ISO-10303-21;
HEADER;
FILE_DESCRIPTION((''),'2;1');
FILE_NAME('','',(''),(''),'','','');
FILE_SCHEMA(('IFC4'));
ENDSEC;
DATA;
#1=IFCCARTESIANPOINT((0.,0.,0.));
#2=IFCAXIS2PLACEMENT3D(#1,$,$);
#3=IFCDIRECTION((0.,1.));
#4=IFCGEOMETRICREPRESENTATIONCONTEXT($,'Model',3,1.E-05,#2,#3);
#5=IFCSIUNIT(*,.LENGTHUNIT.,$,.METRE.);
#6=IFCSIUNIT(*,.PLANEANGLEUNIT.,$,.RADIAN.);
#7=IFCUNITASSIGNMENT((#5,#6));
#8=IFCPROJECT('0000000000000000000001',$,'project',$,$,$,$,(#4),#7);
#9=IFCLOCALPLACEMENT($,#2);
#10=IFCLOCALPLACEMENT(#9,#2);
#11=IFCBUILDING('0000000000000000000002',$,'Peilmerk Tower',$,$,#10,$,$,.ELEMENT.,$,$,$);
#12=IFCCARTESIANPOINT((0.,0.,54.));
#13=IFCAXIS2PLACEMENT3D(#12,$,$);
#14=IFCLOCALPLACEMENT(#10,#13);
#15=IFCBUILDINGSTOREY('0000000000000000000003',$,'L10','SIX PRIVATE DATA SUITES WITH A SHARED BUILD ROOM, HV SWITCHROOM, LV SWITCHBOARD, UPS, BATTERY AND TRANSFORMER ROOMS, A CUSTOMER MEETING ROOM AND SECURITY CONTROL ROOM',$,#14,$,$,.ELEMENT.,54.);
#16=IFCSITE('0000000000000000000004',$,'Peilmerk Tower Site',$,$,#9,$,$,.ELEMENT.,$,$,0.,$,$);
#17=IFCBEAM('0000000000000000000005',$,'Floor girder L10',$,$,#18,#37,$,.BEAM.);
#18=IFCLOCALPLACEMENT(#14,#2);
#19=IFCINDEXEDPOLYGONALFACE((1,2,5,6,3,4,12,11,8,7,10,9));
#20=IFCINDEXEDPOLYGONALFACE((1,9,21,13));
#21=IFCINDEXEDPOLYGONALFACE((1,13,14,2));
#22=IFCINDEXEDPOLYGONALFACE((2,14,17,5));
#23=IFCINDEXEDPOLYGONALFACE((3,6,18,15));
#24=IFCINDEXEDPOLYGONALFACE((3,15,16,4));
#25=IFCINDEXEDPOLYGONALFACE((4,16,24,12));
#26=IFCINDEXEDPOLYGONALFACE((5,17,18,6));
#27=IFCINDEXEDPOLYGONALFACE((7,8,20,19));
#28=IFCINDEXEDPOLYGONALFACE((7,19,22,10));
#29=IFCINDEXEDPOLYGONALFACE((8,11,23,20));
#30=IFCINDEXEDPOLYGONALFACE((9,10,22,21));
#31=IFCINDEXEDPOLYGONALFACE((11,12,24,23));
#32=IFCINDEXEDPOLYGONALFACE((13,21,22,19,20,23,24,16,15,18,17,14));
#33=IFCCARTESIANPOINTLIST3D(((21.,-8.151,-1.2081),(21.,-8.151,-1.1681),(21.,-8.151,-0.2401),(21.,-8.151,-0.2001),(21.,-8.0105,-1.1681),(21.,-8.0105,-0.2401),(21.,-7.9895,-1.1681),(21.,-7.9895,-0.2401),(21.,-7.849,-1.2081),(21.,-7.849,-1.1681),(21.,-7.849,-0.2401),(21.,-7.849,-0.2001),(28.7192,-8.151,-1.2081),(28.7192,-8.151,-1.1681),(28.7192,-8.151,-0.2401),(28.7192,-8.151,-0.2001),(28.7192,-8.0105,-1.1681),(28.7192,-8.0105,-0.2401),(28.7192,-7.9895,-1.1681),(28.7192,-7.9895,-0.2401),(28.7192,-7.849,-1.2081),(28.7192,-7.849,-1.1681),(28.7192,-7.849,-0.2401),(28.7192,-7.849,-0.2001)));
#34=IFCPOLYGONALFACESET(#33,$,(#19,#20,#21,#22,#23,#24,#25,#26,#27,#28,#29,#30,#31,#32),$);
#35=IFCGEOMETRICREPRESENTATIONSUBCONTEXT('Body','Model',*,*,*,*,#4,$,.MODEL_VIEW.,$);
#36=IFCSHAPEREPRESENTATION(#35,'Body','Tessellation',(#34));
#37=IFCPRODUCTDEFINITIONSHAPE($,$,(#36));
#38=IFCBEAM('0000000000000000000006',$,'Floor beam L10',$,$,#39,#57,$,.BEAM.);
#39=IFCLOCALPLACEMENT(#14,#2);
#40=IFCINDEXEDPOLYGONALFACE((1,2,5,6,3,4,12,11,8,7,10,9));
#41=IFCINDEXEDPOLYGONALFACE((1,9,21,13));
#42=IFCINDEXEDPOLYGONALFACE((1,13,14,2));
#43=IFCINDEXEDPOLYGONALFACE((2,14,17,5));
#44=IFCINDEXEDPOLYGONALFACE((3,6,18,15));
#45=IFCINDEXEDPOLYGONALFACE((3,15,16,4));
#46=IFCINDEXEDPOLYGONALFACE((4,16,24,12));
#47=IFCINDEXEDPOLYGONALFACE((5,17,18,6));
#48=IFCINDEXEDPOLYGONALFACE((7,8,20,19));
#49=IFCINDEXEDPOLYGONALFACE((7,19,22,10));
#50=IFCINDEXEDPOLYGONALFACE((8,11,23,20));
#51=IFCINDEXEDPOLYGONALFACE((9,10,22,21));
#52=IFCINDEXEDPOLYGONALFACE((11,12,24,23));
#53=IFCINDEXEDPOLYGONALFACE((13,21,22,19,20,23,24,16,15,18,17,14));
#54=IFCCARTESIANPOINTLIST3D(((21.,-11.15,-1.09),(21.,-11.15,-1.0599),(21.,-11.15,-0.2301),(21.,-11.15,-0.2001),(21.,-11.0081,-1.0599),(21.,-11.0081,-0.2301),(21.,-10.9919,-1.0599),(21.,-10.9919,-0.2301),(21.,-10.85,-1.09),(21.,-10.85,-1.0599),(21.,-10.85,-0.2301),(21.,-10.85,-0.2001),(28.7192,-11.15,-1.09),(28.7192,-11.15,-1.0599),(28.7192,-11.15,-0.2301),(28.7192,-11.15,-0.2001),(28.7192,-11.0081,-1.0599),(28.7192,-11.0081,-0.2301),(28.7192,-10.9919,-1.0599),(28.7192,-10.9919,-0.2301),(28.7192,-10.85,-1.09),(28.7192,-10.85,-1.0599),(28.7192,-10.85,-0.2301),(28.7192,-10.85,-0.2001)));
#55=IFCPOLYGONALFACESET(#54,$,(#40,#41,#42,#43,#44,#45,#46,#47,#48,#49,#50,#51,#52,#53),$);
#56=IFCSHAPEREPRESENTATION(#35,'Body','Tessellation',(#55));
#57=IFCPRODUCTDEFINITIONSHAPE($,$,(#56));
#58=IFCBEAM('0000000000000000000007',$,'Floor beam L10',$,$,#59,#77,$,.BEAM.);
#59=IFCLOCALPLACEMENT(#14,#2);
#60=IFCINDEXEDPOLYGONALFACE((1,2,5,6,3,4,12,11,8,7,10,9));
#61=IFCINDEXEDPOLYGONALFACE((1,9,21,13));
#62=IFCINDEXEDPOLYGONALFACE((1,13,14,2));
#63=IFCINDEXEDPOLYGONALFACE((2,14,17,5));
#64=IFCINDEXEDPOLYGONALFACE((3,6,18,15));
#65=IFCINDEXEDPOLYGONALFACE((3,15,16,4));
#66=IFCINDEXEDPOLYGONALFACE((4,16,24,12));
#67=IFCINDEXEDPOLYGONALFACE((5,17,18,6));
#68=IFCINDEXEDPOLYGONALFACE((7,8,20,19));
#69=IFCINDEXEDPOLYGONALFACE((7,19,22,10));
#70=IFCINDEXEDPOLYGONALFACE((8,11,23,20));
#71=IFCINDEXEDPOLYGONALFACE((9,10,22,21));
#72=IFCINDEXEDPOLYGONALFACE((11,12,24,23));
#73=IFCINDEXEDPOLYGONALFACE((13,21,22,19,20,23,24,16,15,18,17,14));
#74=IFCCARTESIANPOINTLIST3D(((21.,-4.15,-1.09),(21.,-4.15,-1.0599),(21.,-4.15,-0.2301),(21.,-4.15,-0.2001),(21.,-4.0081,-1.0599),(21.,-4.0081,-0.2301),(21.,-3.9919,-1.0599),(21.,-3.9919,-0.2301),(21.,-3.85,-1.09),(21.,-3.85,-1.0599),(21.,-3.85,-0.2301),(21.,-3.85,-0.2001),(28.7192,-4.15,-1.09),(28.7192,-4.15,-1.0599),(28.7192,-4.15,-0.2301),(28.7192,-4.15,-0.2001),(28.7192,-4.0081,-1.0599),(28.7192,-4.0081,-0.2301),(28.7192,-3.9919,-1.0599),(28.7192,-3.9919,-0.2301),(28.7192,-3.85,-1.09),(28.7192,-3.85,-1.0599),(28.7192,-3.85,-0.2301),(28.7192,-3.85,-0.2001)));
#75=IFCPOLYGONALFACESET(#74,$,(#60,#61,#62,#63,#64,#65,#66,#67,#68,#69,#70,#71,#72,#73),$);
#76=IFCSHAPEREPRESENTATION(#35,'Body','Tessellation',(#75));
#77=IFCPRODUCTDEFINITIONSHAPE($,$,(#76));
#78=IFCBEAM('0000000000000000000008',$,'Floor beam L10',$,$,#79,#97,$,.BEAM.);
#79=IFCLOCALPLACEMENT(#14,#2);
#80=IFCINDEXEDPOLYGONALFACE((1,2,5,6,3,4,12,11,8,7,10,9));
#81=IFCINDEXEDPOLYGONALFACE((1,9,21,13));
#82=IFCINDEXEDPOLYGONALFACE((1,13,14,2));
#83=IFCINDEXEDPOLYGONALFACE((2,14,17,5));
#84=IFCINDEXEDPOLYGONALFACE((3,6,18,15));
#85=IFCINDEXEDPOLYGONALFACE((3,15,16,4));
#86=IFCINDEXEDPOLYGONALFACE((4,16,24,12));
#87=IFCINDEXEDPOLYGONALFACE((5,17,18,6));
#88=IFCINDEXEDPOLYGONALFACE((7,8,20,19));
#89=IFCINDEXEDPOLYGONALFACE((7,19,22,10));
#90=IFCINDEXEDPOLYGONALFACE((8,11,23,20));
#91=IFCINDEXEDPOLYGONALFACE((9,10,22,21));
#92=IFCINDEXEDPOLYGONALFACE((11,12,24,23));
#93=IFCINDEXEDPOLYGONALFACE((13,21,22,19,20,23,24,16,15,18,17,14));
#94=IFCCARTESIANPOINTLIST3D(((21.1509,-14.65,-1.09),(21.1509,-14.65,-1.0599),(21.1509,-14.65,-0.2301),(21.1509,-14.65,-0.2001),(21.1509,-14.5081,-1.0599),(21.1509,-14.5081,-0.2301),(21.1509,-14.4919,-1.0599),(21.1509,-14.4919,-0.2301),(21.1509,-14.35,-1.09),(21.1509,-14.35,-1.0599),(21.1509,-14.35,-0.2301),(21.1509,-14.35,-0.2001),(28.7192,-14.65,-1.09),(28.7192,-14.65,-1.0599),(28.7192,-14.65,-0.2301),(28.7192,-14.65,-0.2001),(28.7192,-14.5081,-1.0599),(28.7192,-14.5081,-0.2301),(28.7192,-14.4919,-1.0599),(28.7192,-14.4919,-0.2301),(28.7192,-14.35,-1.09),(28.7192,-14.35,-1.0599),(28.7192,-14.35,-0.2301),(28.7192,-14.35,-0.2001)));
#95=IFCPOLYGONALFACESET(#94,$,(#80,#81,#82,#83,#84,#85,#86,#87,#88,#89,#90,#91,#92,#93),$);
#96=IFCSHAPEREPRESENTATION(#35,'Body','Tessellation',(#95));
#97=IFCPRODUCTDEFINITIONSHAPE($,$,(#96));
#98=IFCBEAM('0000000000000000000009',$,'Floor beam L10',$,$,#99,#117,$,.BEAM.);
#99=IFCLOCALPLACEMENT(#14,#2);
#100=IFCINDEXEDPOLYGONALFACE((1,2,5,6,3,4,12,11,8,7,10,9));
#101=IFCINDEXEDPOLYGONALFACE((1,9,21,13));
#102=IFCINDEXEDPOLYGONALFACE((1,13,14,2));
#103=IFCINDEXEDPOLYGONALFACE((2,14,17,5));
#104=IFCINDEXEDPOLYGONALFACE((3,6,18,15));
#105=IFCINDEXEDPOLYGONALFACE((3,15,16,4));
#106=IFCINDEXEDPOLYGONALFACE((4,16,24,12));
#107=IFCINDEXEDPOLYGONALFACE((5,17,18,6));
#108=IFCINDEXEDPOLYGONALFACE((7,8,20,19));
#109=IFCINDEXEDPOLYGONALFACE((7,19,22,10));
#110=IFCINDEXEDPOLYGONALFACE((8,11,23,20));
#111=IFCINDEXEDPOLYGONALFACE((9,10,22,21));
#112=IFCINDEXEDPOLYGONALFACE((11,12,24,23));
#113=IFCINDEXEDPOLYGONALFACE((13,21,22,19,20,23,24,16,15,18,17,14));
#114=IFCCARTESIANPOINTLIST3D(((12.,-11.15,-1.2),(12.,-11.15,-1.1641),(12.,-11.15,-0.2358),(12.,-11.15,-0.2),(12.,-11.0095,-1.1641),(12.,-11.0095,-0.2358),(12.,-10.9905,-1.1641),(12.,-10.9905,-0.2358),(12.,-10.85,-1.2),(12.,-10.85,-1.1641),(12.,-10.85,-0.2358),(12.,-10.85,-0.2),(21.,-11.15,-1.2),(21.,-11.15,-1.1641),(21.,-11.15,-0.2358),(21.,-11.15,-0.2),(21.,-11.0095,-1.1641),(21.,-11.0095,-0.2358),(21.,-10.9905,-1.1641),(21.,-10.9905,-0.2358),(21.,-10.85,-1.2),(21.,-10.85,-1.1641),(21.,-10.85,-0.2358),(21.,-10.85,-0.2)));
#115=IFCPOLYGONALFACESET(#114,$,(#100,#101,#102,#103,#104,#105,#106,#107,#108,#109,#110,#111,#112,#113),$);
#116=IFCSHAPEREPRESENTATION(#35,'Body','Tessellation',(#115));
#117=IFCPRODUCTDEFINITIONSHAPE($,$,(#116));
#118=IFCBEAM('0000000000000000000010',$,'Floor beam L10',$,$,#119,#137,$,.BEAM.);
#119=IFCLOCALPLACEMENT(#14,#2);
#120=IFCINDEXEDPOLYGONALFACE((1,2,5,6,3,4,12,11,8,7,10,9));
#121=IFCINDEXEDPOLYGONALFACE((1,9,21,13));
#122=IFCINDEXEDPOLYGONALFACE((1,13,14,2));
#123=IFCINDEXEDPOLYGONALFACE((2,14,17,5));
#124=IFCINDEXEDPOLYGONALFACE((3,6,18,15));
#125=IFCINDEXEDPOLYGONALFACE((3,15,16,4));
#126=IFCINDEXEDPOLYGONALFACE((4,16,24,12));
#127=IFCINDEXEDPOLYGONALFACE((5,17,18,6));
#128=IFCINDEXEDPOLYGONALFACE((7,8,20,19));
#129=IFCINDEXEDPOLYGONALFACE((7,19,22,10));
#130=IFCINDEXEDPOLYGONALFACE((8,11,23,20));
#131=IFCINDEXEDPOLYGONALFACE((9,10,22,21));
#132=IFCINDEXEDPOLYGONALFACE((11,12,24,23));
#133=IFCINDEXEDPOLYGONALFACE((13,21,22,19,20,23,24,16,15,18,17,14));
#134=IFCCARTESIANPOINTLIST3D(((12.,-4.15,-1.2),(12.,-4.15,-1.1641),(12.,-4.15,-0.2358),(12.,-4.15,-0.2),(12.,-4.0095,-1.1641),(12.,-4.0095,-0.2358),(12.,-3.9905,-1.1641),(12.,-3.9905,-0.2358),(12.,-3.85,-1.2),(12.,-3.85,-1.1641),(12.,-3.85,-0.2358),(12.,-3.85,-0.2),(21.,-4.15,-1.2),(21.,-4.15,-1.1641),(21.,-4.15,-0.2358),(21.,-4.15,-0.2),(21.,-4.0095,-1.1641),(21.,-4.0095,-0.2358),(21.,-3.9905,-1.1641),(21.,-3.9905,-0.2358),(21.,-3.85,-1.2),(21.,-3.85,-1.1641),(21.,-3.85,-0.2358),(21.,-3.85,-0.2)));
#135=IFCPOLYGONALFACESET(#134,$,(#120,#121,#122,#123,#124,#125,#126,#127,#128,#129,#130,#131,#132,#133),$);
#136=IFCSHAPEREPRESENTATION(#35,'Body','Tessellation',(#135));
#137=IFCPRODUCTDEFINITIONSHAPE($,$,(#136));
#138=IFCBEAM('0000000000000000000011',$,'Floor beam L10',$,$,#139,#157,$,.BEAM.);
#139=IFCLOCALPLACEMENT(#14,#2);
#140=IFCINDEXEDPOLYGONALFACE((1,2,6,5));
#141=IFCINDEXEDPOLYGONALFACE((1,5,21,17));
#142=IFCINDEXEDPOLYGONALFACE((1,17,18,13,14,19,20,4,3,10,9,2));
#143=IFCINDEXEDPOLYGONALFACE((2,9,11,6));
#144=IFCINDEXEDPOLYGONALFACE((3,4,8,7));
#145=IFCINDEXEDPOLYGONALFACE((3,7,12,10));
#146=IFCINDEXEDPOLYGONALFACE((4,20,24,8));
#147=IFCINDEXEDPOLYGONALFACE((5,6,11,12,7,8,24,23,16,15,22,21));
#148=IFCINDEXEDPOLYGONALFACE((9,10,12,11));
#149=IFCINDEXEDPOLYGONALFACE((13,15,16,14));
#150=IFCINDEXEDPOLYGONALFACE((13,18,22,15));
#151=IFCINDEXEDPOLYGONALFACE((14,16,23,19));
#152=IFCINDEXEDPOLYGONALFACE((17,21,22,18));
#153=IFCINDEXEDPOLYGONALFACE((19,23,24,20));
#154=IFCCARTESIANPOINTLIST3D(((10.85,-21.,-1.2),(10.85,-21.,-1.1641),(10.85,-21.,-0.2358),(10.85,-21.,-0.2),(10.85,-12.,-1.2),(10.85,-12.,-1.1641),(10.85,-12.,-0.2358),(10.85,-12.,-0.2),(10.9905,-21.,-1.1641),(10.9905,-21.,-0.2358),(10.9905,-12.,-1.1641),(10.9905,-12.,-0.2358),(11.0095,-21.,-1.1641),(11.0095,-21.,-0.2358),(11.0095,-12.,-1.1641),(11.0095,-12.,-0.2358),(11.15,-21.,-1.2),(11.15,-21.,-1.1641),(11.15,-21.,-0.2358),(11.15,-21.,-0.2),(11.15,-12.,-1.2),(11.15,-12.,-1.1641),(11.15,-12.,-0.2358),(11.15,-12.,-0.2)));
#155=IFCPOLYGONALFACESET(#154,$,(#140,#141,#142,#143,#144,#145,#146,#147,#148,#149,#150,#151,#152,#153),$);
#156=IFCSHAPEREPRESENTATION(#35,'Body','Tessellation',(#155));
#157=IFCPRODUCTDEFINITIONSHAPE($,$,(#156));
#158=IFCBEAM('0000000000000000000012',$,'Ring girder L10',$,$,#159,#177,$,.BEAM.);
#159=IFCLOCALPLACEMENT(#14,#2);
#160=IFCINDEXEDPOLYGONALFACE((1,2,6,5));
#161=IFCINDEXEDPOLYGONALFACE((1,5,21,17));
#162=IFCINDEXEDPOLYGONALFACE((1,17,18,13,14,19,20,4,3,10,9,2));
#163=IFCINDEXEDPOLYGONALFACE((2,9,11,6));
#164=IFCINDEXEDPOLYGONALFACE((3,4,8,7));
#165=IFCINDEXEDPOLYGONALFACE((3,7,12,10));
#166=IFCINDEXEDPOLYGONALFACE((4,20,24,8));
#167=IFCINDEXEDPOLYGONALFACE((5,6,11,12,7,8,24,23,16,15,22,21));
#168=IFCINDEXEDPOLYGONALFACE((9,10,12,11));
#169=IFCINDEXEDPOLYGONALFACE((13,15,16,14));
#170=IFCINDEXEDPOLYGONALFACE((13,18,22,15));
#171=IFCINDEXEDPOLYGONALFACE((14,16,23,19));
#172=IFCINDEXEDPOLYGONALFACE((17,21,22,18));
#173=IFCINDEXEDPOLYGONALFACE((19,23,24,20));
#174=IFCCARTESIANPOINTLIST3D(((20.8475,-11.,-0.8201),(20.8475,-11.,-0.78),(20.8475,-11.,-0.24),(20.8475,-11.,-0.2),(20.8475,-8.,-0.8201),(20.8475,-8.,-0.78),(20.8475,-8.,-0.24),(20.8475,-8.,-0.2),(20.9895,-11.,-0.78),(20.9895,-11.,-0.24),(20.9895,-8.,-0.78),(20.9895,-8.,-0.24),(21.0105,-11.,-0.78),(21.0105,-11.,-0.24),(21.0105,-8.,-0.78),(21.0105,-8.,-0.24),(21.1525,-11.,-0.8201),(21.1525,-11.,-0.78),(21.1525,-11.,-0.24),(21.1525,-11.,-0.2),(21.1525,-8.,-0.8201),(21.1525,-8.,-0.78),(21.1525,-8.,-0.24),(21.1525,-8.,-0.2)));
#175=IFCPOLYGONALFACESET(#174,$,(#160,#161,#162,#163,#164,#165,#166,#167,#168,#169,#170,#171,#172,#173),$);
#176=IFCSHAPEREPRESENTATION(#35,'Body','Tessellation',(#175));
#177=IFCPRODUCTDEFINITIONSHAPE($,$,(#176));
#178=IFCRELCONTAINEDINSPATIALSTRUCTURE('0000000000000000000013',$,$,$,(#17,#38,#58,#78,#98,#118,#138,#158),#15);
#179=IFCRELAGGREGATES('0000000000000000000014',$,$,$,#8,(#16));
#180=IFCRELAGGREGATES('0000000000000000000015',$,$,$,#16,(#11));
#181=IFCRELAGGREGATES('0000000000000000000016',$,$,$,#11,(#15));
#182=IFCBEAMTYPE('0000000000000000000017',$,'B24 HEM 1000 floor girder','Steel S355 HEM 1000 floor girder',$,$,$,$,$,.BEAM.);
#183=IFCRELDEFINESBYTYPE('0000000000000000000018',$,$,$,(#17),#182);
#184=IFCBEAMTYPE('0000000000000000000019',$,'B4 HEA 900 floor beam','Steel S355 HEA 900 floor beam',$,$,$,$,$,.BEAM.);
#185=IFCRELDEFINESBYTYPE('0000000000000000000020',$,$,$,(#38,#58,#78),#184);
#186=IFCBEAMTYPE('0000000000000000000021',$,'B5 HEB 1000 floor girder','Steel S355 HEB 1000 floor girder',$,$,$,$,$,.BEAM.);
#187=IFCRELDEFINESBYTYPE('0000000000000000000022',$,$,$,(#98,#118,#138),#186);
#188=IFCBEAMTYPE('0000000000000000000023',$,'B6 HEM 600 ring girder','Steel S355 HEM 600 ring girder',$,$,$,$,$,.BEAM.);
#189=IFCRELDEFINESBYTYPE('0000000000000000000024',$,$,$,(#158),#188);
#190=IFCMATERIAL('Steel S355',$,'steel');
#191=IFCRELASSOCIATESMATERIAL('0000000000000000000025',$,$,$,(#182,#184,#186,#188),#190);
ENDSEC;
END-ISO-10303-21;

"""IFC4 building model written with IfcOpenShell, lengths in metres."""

from ifc_helpers import new_model, si_unit, direction, frame, origin, origin_2d, place, context, subcontext, project, spatial, i_section, extrude, material, material_profile, profile_set, type_object, element, save


model = new_model("IFC4")

# Units and contexts
model_context = context("Model", 3, precision=1e-05, world=origin(), true_north=direction((0.0, 1.0)))
body_context = subcontext(model_context, "Body", "Model", "MODEL_VIEW")
ifc_project = project(units=[si_unit("LENGTHUNIT", "METRE"), si_unit("PLANEANGLEUNIT", "RADIAN")], contexts=[model_context])

# Site, building, storey
site_placement = place(None, origin())
site = spatial("IfcSite", under=ifc_project, at=site_placement, Name="Peilmerk Tower Site", CompositionType="ELEMENT", RefElevation=0.0)
building_placement = place(site_placement, origin())
building = spatial("IfcBuilding", under=site, at=building_placement, Name="Peilmerk Tower", CompositionType="ELEMENT")
storey_placement = place(building_placement, frame((0.0, 0.0, 54.0)))
storey = spatial("IfcBuildingStorey", under=building, at=storey_placement, Name="L10", Description="SIX PRIVATE DATA SUITES WITH A SHARED BUILD ROOM, HV SWITCHROOM, LV SWITCHBOARD, UPS, BATTERY AND TRANSFORMER ROOMS, A CUSTOMER MEETING ROOM AND SECURITY CONTROL ROOM", CompositionType="ELEMENT", Elevation=54.0)

# Beams
ifc_material_1 = material(Name="Steel S355", Category="steel")
ifc_material_profile_1 = material_profile(ifc_material_1, i_section(OverallWidth=0.302, OverallDepth=1.0081, WebThickness=0.021, FlangeThickness=0.04, at=origin_2d()), Name="HEM 1000")
ifc_profile_set_1 = profile_set([ifc_material_profile_1], Name="Steel S355")
beam_type_1 = type_object("IfcBeamType", Name="B24 HEM 1000 floor girder", Description="Steel S355 HEM 1000 floor girder", PredefinedType="BEAM", material=ifc_profile_set_1)
beam_1_placement = place(storey_placement, frame((21.0, -8.0, -0.7041), z_axis=(1.0, 0.0, 0.0), x_axis=(0.0, 1.0, 0.0)))
element("IfcBeam", 1, at=beam_1_placement, inside=storey, type_object=beam_type_1, Name="Floor girder L10", PredefinedType="BEAM", context=body_context, shape_type="SweptSolid", body=[
    extrude(i_section(OverallWidth=0.302, OverallDepth=1.0081, WebThickness=0.021, FlangeThickness=0.04, at=origin_2d()), origin(), (0.0, 0.0, 1.0), 7.7192),
])
ifc_material_profile_2 = material_profile(ifc_material_1, i_section(OverallWidth=0.3, OverallDepth=0.8899, WebThickness=0.0161, FlangeThickness=0.03, at=origin_2d()), Name="HEA 900")
ifc_profile_set_2 = profile_set([ifc_material_profile_2], Name="Steel S355")
beam_type_2 = type_object("IfcBeamType", Name="B4 HEA 900 floor beam", Description="Steel S355 HEA 900 floor beam", PredefinedType="BEAM", material=ifc_profile_set_2)
for number, where, z_axis, x_axis, name in (
    (2, (21.0, -11.0, -0.645), (1.0, 0.0, 0.0), (0.0, 1.0, 0.0), "Floor beam L10"),
    (3, (21.0, -4.0, -0.645), (1.0, 0.0, 0.0), (0.0, 1.0, 0.0), "Floor beam L10"),
):
    element("IfcBeam", number, at=place(storey_placement, frame(where, z_axis=z_axis, x_axis=x_axis)), inside=storey, type_object=beam_type_2, Name=name, PredefinedType="BEAM", context=body_context, shape_type="SweptSolid", body=[
        extrude(i_section(OverallWidth=0.3, OverallDepth=0.8899, WebThickness=0.0161, FlangeThickness=0.03, at=origin_2d()), origin(), (0.0, 0.0, 1.0), 7.7192),
    ])
beam_2_placement = place(storey_placement, frame((21.1509, -14.5, -0.645), z_axis=(1.0, 0.0, 0.0), x_axis=(0.0, 1.0, 0.0)))
element("IfcBeam", 4, at=beam_2_placement, inside=storey, type_object=beam_type_2, Name="Floor beam L10", PredefinedType="BEAM", context=body_context, shape_type="SweptSolid", body=[
    extrude(i_section(OverallWidth=0.3, OverallDepth=0.8899, WebThickness=0.0161, FlangeThickness=0.03, at=origin_2d()), origin(), (0.0, 0.0, 1.0), 7.5684),
])
ifc_material_profile_3 = material_profile(ifc_material_1, i_section(OverallWidth=0.3, OverallDepth=1.0, WebThickness=0.019, FlangeThickness=0.0359, at=origin_2d()), Name="HEB 1000")
ifc_profile_set_3 = profile_set([ifc_material_profile_3], Name="Steel S355")
beam_type_3 = type_object("IfcBeamType", Name="B5 HEB 1000 floor girder", Description="Steel S355 HEB 1000 floor girder", PredefinedType="BEAM", material=ifc_profile_set_3)
for number, where, z_axis, x_axis, name in (
    (5, (12.0, -11.0, -0.7), (1.0, 0.0, 0.0), (0.0, 1.0, 0.0), "Floor beam L10"),
    (6, (12.0, -4.0, -0.7), (1.0, 0.0, 0.0), (0.0, 1.0, 0.0), "Floor beam L10"),
    (7, (11.0, -12.0, -0.7), (0.0, -1.0, 0.0), (1.0, 0.0, 0.0), "Floor beam L10"),
):
    element("IfcBeam", number, at=place(storey_placement, frame(where, z_axis=z_axis, x_axis=x_axis)), inside=storey, type_object=beam_type_3, Name=name, PredefinedType="BEAM", context=body_context, shape_type="SweptSolid", body=[
        extrude(i_section(OverallWidth=0.3, OverallDepth=1.0, WebThickness=0.019, FlangeThickness=0.0359, at=origin_2d()), origin(), (0.0, 0.0, 1.0), 9.0),
    ])
ifc_material_profile_4 = material_profile(ifc_material_1, i_section(OverallWidth=0.3049, OverallDepth=0.6201, WebThickness=0.021, FlangeThickness=0.04, at=origin_2d()), Name="HEM 600")
ifc_profile_set_4 = profile_set([ifc_material_profile_4], Name="Steel S355")
beam_type_4 = type_object("IfcBeamType", Name="B6 HEM 600 ring girder", Description="Steel S355 HEM 600 ring girder", PredefinedType="BEAM", material=ifc_profile_set_4)
beam_3_placement = place(storey_placement, frame((21.0, -11.0, -0.51), z_axis=(0.0, 1.0, 0.0), x_axis=(-1.0, 0.0, 0.0)))
element("IfcBeam", 8, at=beam_3_placement, inside=storey, type_object=beam_type_4, Name="Ring girder L10", PredefinedType="BEAM", context=body_context, shape_type="SweptSolid", body=[
    extrude(i_section(OverallWidth=0.3049, OverallDepth=0.6201, WebThickness=0.021, FlangeThickness=0.04, at=origin_2d()), origin(), (0.0, 0.0, 1.0), 3.0),
])

save(model, "model.ifc")
